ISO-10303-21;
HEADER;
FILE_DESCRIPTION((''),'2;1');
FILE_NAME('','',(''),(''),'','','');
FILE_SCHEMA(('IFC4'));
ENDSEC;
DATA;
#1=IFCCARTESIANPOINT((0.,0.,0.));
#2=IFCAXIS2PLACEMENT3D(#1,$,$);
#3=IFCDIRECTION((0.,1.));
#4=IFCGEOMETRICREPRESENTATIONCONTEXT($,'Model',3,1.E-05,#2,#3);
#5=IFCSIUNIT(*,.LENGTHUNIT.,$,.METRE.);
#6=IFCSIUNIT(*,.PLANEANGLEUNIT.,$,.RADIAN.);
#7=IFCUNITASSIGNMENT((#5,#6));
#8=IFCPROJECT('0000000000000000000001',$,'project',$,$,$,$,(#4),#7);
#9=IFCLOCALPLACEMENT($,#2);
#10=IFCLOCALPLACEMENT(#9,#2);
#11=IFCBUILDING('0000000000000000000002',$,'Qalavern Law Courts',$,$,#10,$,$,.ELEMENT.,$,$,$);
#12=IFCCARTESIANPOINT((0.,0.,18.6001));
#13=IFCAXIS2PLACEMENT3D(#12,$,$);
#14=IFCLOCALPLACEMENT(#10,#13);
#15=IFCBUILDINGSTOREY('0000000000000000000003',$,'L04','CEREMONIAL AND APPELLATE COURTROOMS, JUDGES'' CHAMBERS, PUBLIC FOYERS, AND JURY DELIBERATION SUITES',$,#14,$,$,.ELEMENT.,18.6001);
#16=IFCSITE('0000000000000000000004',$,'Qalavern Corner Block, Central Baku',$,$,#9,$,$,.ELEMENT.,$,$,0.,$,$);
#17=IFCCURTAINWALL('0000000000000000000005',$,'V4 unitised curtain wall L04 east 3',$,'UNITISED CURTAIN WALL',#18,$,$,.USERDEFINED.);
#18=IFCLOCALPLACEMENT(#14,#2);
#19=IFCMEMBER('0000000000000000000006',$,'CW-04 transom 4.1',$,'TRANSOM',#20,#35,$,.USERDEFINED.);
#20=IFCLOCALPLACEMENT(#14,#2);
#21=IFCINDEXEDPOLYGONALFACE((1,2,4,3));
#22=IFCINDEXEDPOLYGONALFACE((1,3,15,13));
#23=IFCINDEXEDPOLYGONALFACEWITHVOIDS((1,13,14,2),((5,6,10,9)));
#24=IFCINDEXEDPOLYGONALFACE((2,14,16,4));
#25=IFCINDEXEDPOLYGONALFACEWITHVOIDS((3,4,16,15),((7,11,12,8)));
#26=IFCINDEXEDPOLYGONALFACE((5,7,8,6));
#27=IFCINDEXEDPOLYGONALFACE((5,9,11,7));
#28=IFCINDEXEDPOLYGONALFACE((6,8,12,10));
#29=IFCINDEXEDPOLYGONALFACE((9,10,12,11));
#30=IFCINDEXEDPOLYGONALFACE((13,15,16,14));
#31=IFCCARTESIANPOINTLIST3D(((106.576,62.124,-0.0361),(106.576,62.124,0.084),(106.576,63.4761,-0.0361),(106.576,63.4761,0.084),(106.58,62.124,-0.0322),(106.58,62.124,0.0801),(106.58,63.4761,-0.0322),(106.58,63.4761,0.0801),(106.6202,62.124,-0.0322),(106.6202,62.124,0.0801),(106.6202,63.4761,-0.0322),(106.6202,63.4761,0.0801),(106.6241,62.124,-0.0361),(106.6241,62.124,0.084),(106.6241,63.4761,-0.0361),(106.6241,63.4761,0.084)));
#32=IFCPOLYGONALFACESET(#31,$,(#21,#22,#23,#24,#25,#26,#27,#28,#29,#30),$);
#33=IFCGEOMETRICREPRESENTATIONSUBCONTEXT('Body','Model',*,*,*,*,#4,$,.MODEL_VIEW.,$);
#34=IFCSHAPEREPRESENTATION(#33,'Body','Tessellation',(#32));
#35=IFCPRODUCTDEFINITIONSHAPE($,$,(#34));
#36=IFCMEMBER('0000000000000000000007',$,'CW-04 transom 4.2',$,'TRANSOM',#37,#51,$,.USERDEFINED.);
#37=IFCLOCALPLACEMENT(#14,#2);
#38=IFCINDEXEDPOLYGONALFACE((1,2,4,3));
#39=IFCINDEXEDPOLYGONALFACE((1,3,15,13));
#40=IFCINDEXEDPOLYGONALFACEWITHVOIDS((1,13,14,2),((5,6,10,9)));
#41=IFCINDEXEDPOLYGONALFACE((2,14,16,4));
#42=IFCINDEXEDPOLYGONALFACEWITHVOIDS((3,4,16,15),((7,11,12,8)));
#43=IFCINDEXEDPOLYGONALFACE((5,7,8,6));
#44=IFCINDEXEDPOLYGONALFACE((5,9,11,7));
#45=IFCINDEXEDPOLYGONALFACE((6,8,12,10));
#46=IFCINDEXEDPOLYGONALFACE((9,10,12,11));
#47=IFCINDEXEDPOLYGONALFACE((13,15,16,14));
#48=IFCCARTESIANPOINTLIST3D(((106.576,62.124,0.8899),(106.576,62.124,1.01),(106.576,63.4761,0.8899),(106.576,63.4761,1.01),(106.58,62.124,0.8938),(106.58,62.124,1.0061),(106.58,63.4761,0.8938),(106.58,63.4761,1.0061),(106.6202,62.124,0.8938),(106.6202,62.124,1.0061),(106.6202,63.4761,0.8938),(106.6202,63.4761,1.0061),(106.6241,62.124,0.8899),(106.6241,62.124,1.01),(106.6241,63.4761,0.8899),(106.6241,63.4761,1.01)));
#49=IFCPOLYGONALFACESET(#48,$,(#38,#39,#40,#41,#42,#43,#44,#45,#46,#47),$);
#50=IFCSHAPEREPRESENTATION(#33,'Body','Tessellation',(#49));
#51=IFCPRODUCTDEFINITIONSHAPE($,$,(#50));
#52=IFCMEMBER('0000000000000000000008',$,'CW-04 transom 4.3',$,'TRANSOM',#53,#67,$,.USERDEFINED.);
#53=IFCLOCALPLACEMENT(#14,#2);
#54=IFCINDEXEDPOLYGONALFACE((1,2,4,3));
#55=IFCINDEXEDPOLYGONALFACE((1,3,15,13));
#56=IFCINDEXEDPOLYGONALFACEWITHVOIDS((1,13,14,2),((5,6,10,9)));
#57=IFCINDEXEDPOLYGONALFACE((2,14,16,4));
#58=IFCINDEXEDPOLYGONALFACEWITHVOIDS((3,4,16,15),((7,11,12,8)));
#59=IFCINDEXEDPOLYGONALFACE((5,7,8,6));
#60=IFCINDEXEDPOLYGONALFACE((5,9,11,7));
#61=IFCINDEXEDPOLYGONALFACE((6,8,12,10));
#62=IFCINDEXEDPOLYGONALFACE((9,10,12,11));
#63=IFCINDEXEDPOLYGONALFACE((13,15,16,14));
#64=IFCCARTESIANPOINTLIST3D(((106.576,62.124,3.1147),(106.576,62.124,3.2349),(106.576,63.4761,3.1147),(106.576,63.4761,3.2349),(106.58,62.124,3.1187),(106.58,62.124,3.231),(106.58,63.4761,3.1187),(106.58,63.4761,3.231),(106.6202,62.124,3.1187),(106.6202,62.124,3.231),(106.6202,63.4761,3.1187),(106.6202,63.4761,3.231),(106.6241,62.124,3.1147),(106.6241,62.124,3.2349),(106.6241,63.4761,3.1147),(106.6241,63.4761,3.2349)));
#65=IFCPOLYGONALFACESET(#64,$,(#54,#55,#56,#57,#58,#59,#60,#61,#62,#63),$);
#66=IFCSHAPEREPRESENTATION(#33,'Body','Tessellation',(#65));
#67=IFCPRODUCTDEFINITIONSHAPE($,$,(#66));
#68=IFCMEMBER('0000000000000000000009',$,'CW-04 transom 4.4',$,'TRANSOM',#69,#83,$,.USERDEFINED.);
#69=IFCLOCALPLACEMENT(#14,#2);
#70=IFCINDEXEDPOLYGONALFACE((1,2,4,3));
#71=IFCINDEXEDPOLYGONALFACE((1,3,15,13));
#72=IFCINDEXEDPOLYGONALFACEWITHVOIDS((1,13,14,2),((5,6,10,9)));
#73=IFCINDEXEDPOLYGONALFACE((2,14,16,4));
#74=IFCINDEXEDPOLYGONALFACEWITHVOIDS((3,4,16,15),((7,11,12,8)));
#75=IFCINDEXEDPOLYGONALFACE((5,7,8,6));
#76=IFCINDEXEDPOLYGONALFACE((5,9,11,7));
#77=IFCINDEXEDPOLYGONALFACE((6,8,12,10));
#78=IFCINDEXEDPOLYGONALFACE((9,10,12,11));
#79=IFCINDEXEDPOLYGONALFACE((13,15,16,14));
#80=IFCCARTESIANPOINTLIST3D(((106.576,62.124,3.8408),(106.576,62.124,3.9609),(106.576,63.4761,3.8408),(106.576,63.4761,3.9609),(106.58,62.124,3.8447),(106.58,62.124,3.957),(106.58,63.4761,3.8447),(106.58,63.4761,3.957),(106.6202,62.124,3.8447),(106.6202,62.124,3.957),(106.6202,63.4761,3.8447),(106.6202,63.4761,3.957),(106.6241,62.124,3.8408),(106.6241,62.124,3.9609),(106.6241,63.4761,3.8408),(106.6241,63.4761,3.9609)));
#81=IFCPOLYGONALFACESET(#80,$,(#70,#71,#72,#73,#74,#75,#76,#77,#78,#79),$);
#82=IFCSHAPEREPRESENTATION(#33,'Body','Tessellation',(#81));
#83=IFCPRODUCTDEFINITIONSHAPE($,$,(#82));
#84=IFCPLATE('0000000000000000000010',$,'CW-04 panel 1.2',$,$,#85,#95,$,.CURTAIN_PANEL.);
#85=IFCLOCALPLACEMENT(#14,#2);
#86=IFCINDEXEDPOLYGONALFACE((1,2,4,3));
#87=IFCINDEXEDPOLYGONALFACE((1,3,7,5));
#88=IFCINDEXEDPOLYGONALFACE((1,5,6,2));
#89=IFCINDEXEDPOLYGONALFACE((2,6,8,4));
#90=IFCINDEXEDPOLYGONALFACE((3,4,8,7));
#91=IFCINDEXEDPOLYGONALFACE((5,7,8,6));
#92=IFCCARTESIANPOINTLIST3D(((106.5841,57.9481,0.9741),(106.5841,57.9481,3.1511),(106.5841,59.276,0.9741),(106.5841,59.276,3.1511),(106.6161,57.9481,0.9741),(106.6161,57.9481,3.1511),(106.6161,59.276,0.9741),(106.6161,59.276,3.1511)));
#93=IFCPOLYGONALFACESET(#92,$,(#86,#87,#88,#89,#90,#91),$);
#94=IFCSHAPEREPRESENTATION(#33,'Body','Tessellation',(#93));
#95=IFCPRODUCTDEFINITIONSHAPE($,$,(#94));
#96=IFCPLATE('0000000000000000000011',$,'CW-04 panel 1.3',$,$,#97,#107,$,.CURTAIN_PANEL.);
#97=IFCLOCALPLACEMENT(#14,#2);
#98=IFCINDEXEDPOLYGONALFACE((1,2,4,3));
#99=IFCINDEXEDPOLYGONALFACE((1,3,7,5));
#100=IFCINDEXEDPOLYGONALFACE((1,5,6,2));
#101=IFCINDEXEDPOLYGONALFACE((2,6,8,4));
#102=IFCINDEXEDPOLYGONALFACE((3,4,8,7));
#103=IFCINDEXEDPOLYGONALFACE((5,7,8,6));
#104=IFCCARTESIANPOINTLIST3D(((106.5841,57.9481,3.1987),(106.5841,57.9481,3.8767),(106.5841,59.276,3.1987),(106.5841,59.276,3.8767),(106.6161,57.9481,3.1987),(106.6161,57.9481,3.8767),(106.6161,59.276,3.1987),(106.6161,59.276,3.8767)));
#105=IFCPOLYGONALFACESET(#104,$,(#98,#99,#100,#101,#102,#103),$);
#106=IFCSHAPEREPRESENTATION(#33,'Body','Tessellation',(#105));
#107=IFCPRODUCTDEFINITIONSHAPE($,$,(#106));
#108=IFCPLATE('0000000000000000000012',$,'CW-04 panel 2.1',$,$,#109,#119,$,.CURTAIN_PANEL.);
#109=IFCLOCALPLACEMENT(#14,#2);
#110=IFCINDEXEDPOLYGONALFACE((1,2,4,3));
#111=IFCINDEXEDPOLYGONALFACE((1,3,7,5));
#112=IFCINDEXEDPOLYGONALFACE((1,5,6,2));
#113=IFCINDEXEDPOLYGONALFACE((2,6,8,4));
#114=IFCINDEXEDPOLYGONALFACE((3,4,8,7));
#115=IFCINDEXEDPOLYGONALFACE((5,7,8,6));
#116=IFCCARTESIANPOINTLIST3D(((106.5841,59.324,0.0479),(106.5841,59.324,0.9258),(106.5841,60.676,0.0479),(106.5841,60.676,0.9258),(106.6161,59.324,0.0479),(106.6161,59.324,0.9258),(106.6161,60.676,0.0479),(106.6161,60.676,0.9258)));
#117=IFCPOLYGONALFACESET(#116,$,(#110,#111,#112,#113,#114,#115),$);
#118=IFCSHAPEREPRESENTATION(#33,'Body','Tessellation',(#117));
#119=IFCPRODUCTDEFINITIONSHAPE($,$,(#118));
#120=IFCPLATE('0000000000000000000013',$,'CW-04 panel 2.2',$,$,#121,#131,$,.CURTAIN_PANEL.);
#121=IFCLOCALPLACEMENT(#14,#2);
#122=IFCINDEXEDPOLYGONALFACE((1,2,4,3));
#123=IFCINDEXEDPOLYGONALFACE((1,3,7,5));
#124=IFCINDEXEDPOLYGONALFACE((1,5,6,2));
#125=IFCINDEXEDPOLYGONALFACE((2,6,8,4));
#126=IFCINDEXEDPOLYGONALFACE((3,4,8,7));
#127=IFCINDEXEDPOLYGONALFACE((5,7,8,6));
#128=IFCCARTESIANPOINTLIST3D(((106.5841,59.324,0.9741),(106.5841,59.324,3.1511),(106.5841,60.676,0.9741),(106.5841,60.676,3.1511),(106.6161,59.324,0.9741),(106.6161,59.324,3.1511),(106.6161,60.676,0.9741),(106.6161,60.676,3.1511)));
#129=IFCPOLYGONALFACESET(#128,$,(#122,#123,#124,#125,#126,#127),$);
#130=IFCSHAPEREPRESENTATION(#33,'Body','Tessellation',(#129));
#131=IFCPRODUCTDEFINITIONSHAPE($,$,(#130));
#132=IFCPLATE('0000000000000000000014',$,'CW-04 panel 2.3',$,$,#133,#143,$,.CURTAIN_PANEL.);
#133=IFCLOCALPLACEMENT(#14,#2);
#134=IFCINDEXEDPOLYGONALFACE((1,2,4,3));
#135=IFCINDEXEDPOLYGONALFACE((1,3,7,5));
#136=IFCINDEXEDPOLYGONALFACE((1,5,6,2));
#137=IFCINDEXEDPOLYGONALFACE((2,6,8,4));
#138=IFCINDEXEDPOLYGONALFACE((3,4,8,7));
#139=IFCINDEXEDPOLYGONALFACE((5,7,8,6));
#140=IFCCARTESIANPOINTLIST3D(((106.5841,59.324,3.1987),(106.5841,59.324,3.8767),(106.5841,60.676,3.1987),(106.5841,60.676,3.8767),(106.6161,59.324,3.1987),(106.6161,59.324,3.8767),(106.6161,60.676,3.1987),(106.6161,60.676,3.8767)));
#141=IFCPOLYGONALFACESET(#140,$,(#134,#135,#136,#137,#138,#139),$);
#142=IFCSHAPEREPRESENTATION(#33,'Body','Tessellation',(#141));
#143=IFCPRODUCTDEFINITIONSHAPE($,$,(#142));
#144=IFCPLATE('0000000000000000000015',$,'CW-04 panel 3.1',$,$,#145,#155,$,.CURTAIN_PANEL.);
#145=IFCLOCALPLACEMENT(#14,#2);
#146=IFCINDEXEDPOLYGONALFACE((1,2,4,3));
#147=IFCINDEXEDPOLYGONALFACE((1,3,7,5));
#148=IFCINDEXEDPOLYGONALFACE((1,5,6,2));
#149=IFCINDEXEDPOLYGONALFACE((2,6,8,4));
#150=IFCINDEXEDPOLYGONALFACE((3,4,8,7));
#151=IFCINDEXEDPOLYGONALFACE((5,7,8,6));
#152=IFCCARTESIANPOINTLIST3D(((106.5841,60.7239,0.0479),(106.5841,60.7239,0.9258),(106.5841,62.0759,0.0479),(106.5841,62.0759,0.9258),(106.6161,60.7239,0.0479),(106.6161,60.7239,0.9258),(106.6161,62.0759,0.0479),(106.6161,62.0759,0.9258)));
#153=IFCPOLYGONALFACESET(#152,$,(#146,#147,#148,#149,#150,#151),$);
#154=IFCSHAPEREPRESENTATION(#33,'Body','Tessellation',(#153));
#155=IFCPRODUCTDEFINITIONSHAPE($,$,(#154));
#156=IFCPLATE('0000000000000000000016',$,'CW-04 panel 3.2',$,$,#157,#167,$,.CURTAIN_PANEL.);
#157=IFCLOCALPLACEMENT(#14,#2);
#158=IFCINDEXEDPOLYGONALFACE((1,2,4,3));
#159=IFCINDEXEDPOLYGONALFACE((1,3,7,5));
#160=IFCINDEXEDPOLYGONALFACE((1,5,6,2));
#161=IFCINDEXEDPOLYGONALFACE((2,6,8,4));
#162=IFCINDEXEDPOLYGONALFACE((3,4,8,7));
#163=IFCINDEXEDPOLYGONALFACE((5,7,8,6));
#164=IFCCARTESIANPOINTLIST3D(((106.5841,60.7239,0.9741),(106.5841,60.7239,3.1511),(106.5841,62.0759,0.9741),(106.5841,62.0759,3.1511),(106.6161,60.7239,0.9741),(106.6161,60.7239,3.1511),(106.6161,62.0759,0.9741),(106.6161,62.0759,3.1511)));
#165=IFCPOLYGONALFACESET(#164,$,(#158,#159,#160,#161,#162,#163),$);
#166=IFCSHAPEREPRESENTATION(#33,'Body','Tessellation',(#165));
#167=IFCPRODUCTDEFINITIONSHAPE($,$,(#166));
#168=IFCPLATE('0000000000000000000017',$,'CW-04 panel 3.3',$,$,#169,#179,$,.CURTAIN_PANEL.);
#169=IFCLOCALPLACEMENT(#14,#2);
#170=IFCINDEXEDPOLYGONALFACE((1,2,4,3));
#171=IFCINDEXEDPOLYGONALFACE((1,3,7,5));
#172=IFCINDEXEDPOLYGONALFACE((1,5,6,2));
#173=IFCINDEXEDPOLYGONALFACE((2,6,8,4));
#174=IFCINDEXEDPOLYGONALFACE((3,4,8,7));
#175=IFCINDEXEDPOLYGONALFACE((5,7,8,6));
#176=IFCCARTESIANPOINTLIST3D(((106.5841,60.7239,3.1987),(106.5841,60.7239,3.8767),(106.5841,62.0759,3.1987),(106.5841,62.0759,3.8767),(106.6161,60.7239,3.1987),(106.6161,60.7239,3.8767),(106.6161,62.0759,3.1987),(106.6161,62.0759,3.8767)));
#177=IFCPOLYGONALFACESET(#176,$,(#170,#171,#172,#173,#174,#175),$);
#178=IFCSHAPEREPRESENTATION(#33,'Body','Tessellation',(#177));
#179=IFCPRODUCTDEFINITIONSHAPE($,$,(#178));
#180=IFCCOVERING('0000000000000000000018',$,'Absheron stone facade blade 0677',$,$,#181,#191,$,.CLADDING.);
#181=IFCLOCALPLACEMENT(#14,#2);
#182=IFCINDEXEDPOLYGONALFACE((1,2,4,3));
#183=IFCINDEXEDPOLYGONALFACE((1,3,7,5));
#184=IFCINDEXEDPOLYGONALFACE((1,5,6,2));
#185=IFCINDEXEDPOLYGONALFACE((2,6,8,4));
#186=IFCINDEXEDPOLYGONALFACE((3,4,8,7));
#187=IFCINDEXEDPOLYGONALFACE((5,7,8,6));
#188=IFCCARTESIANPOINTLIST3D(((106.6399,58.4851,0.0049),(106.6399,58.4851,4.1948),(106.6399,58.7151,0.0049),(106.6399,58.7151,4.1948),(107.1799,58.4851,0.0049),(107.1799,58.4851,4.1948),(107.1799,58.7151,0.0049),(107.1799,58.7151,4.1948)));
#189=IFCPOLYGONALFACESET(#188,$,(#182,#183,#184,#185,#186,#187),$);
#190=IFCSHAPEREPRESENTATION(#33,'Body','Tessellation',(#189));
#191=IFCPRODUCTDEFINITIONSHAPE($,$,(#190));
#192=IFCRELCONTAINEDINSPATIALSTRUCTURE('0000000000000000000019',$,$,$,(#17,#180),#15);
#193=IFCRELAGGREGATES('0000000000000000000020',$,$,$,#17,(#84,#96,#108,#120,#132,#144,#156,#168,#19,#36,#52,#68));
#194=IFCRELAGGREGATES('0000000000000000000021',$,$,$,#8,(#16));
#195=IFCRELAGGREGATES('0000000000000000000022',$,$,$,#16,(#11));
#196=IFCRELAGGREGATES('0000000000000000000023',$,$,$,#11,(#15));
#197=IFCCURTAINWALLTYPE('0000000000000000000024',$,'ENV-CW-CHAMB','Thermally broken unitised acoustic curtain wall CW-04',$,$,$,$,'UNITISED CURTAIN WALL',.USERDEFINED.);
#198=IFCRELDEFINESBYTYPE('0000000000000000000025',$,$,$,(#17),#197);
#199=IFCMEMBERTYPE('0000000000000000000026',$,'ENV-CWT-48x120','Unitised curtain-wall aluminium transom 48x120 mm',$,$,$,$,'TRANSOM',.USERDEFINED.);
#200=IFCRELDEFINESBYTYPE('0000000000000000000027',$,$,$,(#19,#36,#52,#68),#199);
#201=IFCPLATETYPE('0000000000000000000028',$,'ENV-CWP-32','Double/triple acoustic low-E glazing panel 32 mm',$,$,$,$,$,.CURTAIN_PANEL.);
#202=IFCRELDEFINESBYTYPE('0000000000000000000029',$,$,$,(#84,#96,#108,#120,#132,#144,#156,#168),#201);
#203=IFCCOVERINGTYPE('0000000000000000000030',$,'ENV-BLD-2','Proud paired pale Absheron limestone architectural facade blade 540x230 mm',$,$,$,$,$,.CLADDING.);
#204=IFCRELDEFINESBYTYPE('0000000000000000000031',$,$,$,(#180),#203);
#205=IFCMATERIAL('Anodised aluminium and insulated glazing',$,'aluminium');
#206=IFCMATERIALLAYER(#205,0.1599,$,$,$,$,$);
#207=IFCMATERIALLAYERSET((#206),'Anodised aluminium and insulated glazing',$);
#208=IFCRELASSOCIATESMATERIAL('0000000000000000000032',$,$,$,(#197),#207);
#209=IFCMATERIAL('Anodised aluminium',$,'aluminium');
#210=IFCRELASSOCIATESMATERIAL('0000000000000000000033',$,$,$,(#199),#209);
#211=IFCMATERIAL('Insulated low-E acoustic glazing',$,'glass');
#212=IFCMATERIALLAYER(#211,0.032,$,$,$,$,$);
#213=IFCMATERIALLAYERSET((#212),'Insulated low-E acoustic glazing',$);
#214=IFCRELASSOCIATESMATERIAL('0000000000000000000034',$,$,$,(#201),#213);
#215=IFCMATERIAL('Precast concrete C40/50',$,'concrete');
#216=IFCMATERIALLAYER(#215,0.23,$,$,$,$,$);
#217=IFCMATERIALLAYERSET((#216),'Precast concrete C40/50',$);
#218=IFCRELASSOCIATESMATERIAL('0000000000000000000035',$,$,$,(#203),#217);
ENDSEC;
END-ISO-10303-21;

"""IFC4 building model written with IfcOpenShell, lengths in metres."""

from ifc_helpers import new_model, si_unit, direction, frame, origin, origin_2d, place, context, subcontext, project, spatial, rectangle, hollow_rectangle, extrude, material, layer, layer_set, material_profile, profile_set, type_object, element, aggregate, save


model = new_model("IFC4")

# Units and contexts
model_context = context("Model", 3, precision=1e-05, world=origin(), true_north=direction((0.0, 1.0)))
body_context = subcontext(model_context, "Body", "Model", "MODEL_VIEW")
ifc_project = project(units=[si_unit("LENGTHUNIT", "METRE"), si_unit("PLANEANGLEUNIT", "RADIAN")], contexts=[model_context])

# Site, building, storey
site_placement = place(None, origin())
site = spatial("IfcSite", under=ifc_project, at=site_placement, Name="Qalavern Corner Block, Central Baku", CompositionType="ELEMENT", RefElevation=0.0)
building_placement = place(site_placement, origin())
building = spatial("IfcBuilding", under=site, at=building_placement, Name="Qalavern Law Courts", CompositionType="ELEMENT")
storey_placement = place(building_placement, frame((0.0, 0.0, 18.6001)))
storey = spatial("IfcBuildingStorey", under=building, at=storey_placement, Name="L04", Description="CEREMONIAL AND APPELLATE COURTROOMS, JUDGES' CHAMBERS, PUBLIC FOYERS, AND JURY DELIBERATION SUITES", CompositionType="ELEMENT", Elevation=18.6001)

# Curtain wall, members, plates
ifc_material_1 = material(Name="Anodised aluminium and insulated glazing", Category="aluminium")
ifc_layer_1 = layer(ifc_material_1, 0.1599)
ifc_layer_set_1 = layer_set([ifc_layer_1], Name="Anodised aluminium and insulated glazing")
curtain_wall_type = type_object("IfcCurtainWallType", Name="ENV-CW-CHAMB", Description="Thermally broken unitised acoustic curtain wall CW-04", ElementType="UNITISED CURTAIN WALL", PredefinedType="USERDEFINED", material=ifc_layer_set_1)
curtain_wall_placement = place(storey_placement, origin())
curtain_wall = element("IfcCurtainWall", 1, at=curtain_wall_placement, inside=storey, type_object=curtain_wall_type, Name="V4 unitised curtain wall L04 east 3", ObjectType="UNITISED CURTAIN WALL", PredefinedType="USERDEFINED")
ifc_material_2 = material(Name="Anodised aluminium", Category="aluminium")
ifc_material_profile_1 = material_profile(ifc_material_2, hollow_rectangle(XDim=0.0481, YDim=0.1201, WallThickness=0.0039, at=origin_2d()), Name="ALU TRANSOM 48x120")
ifc_profile_set_1 = profile_set([ifc_material_profile_1], Name="Anodised aluminium")
member_type_1 = type_object("IfcMemberType", Name="ENV-CWT-48x120", Description="Unitised curtain-wall aluminium transom 48x120 mm", ElementType="TRANSOM", PredefinedType="USERDEFINED", material=ifc_profile_set_1)
member_1_placement = place(storey_placement, frame((106.6001, 62.124, 0.0239), z_axis=(0.0, 1.0, 0.0), x_axis=(-1.0, 0.0, 0.0)))
member_1 = element("IfcMember", 2, at=member_1_placement, type_object=member_type_1, Name="CW-04 transom 4.1", ObjectType="TRANSOM", PredefinedType="USERDEFINED", context=body_context, shape_type="SweptSolid", body=[
    extrude(hollow_rectangle(XDim=0.0481, YDim=0.1201, WallThickness=0.0039, at=origin_2d()), origin(), (0.0, 0.0, 1.0), 1.3521),
])
member_2_placement = place(storey_placement, frame((106.6001, 62.124, 0.95), z_axis=(0.0, 1.0, 0.0), x_axis=(-1.0, 0.0, 0.0)))
member_2 = element("IfcMember", 3, at=member_2_placement, type_object=member_type_1, Name="CW-04 transom 4.2", ObjectType="TRANSOM", PredefinedType="USERDEFINED", context=body_context, shape_type="SweptSolid", body=[
    extrude(hollow_rectangle(XDim=0.0481, YDim=0.1201, WallThickness=0.0039, at=origin_2d()), origin(), (0.0, 0.0, 1.0), 1.3521),
])
member_3_placement = place(storey_placement, frame((106.6001, 62.124, 3.1748), z_axis=(0.0, 1.0, 0.0), x_axis=(-1.0, 0.0, 0.0)))
member_3 = element("IfcMember", 4, at=member_3_placement, type_object=member_type_1, Name="CW-04 transom 4.3", ObjectType="TRANSOM", PredefinedType="USERDEFINED", context=body_context, shape_type="SweptSolid", body=[
    extrude(hollow_rectangle(XDim=0.0481, YDim=0.1201, WallThickness=0.0039, at=origin_2d()), origin(), (0.0, 0.0, 1.0), 1.3521),
])
member_4_placement = place(storey_placement, frame((106.6001, 62.124, 3.9009), z_axis=(0.0, 1.0, 0.0), x_axis=(-1.0, 0.0, 0.0)))
member_4 = element("IfcMember", 5, at=member_4_placement, type_object=member_type_1, Name="CW-04 transom 4.4", ObjectType="TRANSOM", PredefinedType="USERDEFINED", context=body_context, shape_type="SweptSolid", body=[
    extrude(hollow_rectangle(XDim=0.0481, YDim=0.1201, WallThickness=0.0039, at=origin_2d()), origin(), (0.0, 0.0, 1.0), 1.3521),
])
ifc_material_3 = material(Name="Insulated low-E acoustic glazing", Category="glass")
ifc_layer_2 = layer(ifc_material_3, 0.032)
ifc_layer_set_2 = layer_set([ifc_layer_2], Name="Insulated low-E acoustic glazing")
plate_type = type_object("IfcPlateType", Name="ENV-CWP-32", Description="Double/triple acoustic low-E glazing panel 32 mm", PredefinedType="CURTAIN_PANEL", material=ifc_layer_set_2)
plate_1_placement = place(storey_placement, frame((106.6001, 58.6121, 0.9741), z_axis=(0.0, 0.0, 1.0), x_axis=(0.0, 1.0, 0.0)))
plate_1 = element("IfcPlate", 6, at=plate_1_placement, type_object=plate_type, Name="CW-04 panel 1.2", PredefinedType="CURTAIN_PANEL", context=body_context, shape_type="SweptSolid", body=[
    extrude(rectangle(XDim=1.3279, YDim=0.032, at=origin_2d()), origin(), (0.0, 0.0, 1.0), 2.177),
])
plate_2_placement = place(storey_placement, frame((106.6001, 58.6121, 3.1987), z_axis=(0.0, 0.0, 1.0), x_axis=(0.0, 1.0, 0.0)))
plate_2 = element("IfcPlate", 7, at=plate_2_placement, type_object=plate_type, Name="CW-04 panel 1.3", PredefinedType="CURTAIN_PANEL", context=body_context, shape_type="SweptSolid", body=[
    extrude(rectangle(XDim=1.3279, YDim=0.032, at=origin_2d()), origin(), (0.0, 0.0, 1.0), 0.678),
])
plate_3_placement = place(storey_placement, frame((106.6001, 60.0, 0.0479), z_axis=(0.0, 0.0, 1.0), x_axis=(0.0, 1.0, 0.0)))
plate_3 = element("IfcPlate", 8, at=plate_3_placement, type_object=plate_type, Name="CW-04 panel 2.1", PredefinedType="CURTAIN_PANEL", context=body_context, shape_type="SweptSolid", body=[
    extrude(rectangle(XDim=1.3521, YDim=0.032, at=origin_2d()), origin(), (0.0, 0.0, 1.0), 0.8779),
])
plate_4_placement = place(storey_placement, frame((106.6001, 60.0, 0.9741), z_axis=(0.0, 0.0, 1.0), x_axis=(0.0, 1.0, 0.0)))
plate_4 = element("IfcPlate", 9, at=plate_4_placement, type_object=plate_type, Name="CW-04 panel 2.2", PredefinedType="CURTAIN_PANEL", context=body_context, shape_type="SweptSolid", body=[
    extrude(rectangle(XDim=1.3521, YDim=0.032, at=origin_2d()), origin(), (0.0, 0.0, 1.0), 2.177),
])
plate_5_placement = place(storey_placement, frame((106.6001, 60.0, 3.1987), z_axis=(0.0, 0.0, 1.0), x_axis=(0.0, 1.0, 0.0)))
plate_5 = element("IfcPlate", 10, at=plate_5_placement, type_object=plate_type, Name="CW-04 panel 2.3", PredefinedType="CURTAIN_PANEL", context=body_context, shape_type="SweptSolid", body=[
    extrude(rectangle(XDim=1.3521, YDim=0.032, at=origin_2d()), origin(), (0.0, 0.0, 1.0), 0.678),
])
plate_6_placement = place(storey_placement, frame((106.6001, 61.3999, 0.0479), z_axis=(0.0, 0.0, 1.0), x_axis=(0.0, 1.0, 0.0)))
plate_6 = element("IfcPlate", 11, at=plate_6_placement, type_object=plate_type, Name="CW-04 panel 3.1", PredefinedType="CURTAIN_PANEL", context=body_context, shape_type="SweptSolid", body=[
    extrude(rectangle(XDim=1.3521, YDim=0.032, at=origin_2d()), origin(), (0.0, 0.0, 1.0), 0.8779),
])
plate_7_placement = place(storey_placement, frame((106.6001, 61.3999, 0.9741), z_axis=(0.0, 0.0, 1.0), x_axis=(0.0, 1.0, 0.0)))
plate_7 = element("IfcPlate", 12, at=plate_7_placement, type_object=plate_type, Name="CW-04 panel 3.2", PredefinedType="CURTAIN_PANEL", context=body_context, shape_type="SweptSolid", body=[
    extrude(rectangle(XDim=1.3521, YDim=0.032, at=origin_2d()), origin(), (0.0, 0.0, 1.0), 2.177),
])
plate_8_placement = place(storey_placement, frame((106.6001, 61.3999, 3.1987), z_axis=(0.0, 0.0, 1.0), x_axis=(0.0, 1.0, 0.0)))
plate_8 = element("IfcPlate", 13, at=plate_8_placement, type_object=plate_type, Name="CW-04 panel 3.3", PredefinedType="CURTAIN_PANEL", context=body_context, shape_type="SweptSolid", body=[
    extrude(rectangle(XDim=1.3521, YDim=0.032, at=origin_2d()), origin(), (0.0, 0.0, 1.0), 0.678),
])
aggregate(curtain_wall, [plate_1, plate_2, plate_3, plate_4, plate_5, plate_6, plate_7, plate_8, member_1, member_2, member_3, member_4])

# Covering
ifc_material_4 = material(Name="Precast concrete C40/50", Category="concrete")
ifc_layer_3 = layer(ifc_material_4, 0.23)
ifc_layer_set_3 = layer_set([ifc_layer_3], Name="Precast concrete C40/50")
covering_type_1 = type_object("IfcCoveringType", Name="ENV-BLD-2", Description="Proud paired pale Absheron limestone architectural facade blade 540x230 mm", PredefinedType="CLADDING", material=ifc_layer_set_3)
for number, where, z_axis, x_axis, name in (
    (14, (106.9099, 58.6001, 0.0049), (0.0, 0.0, 1.0), (1.0, 0.0, 0.0), "Absheron stone facade blade 0677"),
):
    element("IfcCovering", number, at=place(storey_placement, frame(where, z_axis=z_axis, x_axis=x_axis)), inside=storey, type_object=covering_type_1, Name=name, PredefinedType="CLADDING", context=body_context, shape_type="SweptSolid", body=[
        extrude(rectangle(XDim=0.54, YDim=0.23, at=origin_2d()), origin(), (0.0, 0.0, 1.0), 4.1899),
    ])

save(model, "model.ifc")
